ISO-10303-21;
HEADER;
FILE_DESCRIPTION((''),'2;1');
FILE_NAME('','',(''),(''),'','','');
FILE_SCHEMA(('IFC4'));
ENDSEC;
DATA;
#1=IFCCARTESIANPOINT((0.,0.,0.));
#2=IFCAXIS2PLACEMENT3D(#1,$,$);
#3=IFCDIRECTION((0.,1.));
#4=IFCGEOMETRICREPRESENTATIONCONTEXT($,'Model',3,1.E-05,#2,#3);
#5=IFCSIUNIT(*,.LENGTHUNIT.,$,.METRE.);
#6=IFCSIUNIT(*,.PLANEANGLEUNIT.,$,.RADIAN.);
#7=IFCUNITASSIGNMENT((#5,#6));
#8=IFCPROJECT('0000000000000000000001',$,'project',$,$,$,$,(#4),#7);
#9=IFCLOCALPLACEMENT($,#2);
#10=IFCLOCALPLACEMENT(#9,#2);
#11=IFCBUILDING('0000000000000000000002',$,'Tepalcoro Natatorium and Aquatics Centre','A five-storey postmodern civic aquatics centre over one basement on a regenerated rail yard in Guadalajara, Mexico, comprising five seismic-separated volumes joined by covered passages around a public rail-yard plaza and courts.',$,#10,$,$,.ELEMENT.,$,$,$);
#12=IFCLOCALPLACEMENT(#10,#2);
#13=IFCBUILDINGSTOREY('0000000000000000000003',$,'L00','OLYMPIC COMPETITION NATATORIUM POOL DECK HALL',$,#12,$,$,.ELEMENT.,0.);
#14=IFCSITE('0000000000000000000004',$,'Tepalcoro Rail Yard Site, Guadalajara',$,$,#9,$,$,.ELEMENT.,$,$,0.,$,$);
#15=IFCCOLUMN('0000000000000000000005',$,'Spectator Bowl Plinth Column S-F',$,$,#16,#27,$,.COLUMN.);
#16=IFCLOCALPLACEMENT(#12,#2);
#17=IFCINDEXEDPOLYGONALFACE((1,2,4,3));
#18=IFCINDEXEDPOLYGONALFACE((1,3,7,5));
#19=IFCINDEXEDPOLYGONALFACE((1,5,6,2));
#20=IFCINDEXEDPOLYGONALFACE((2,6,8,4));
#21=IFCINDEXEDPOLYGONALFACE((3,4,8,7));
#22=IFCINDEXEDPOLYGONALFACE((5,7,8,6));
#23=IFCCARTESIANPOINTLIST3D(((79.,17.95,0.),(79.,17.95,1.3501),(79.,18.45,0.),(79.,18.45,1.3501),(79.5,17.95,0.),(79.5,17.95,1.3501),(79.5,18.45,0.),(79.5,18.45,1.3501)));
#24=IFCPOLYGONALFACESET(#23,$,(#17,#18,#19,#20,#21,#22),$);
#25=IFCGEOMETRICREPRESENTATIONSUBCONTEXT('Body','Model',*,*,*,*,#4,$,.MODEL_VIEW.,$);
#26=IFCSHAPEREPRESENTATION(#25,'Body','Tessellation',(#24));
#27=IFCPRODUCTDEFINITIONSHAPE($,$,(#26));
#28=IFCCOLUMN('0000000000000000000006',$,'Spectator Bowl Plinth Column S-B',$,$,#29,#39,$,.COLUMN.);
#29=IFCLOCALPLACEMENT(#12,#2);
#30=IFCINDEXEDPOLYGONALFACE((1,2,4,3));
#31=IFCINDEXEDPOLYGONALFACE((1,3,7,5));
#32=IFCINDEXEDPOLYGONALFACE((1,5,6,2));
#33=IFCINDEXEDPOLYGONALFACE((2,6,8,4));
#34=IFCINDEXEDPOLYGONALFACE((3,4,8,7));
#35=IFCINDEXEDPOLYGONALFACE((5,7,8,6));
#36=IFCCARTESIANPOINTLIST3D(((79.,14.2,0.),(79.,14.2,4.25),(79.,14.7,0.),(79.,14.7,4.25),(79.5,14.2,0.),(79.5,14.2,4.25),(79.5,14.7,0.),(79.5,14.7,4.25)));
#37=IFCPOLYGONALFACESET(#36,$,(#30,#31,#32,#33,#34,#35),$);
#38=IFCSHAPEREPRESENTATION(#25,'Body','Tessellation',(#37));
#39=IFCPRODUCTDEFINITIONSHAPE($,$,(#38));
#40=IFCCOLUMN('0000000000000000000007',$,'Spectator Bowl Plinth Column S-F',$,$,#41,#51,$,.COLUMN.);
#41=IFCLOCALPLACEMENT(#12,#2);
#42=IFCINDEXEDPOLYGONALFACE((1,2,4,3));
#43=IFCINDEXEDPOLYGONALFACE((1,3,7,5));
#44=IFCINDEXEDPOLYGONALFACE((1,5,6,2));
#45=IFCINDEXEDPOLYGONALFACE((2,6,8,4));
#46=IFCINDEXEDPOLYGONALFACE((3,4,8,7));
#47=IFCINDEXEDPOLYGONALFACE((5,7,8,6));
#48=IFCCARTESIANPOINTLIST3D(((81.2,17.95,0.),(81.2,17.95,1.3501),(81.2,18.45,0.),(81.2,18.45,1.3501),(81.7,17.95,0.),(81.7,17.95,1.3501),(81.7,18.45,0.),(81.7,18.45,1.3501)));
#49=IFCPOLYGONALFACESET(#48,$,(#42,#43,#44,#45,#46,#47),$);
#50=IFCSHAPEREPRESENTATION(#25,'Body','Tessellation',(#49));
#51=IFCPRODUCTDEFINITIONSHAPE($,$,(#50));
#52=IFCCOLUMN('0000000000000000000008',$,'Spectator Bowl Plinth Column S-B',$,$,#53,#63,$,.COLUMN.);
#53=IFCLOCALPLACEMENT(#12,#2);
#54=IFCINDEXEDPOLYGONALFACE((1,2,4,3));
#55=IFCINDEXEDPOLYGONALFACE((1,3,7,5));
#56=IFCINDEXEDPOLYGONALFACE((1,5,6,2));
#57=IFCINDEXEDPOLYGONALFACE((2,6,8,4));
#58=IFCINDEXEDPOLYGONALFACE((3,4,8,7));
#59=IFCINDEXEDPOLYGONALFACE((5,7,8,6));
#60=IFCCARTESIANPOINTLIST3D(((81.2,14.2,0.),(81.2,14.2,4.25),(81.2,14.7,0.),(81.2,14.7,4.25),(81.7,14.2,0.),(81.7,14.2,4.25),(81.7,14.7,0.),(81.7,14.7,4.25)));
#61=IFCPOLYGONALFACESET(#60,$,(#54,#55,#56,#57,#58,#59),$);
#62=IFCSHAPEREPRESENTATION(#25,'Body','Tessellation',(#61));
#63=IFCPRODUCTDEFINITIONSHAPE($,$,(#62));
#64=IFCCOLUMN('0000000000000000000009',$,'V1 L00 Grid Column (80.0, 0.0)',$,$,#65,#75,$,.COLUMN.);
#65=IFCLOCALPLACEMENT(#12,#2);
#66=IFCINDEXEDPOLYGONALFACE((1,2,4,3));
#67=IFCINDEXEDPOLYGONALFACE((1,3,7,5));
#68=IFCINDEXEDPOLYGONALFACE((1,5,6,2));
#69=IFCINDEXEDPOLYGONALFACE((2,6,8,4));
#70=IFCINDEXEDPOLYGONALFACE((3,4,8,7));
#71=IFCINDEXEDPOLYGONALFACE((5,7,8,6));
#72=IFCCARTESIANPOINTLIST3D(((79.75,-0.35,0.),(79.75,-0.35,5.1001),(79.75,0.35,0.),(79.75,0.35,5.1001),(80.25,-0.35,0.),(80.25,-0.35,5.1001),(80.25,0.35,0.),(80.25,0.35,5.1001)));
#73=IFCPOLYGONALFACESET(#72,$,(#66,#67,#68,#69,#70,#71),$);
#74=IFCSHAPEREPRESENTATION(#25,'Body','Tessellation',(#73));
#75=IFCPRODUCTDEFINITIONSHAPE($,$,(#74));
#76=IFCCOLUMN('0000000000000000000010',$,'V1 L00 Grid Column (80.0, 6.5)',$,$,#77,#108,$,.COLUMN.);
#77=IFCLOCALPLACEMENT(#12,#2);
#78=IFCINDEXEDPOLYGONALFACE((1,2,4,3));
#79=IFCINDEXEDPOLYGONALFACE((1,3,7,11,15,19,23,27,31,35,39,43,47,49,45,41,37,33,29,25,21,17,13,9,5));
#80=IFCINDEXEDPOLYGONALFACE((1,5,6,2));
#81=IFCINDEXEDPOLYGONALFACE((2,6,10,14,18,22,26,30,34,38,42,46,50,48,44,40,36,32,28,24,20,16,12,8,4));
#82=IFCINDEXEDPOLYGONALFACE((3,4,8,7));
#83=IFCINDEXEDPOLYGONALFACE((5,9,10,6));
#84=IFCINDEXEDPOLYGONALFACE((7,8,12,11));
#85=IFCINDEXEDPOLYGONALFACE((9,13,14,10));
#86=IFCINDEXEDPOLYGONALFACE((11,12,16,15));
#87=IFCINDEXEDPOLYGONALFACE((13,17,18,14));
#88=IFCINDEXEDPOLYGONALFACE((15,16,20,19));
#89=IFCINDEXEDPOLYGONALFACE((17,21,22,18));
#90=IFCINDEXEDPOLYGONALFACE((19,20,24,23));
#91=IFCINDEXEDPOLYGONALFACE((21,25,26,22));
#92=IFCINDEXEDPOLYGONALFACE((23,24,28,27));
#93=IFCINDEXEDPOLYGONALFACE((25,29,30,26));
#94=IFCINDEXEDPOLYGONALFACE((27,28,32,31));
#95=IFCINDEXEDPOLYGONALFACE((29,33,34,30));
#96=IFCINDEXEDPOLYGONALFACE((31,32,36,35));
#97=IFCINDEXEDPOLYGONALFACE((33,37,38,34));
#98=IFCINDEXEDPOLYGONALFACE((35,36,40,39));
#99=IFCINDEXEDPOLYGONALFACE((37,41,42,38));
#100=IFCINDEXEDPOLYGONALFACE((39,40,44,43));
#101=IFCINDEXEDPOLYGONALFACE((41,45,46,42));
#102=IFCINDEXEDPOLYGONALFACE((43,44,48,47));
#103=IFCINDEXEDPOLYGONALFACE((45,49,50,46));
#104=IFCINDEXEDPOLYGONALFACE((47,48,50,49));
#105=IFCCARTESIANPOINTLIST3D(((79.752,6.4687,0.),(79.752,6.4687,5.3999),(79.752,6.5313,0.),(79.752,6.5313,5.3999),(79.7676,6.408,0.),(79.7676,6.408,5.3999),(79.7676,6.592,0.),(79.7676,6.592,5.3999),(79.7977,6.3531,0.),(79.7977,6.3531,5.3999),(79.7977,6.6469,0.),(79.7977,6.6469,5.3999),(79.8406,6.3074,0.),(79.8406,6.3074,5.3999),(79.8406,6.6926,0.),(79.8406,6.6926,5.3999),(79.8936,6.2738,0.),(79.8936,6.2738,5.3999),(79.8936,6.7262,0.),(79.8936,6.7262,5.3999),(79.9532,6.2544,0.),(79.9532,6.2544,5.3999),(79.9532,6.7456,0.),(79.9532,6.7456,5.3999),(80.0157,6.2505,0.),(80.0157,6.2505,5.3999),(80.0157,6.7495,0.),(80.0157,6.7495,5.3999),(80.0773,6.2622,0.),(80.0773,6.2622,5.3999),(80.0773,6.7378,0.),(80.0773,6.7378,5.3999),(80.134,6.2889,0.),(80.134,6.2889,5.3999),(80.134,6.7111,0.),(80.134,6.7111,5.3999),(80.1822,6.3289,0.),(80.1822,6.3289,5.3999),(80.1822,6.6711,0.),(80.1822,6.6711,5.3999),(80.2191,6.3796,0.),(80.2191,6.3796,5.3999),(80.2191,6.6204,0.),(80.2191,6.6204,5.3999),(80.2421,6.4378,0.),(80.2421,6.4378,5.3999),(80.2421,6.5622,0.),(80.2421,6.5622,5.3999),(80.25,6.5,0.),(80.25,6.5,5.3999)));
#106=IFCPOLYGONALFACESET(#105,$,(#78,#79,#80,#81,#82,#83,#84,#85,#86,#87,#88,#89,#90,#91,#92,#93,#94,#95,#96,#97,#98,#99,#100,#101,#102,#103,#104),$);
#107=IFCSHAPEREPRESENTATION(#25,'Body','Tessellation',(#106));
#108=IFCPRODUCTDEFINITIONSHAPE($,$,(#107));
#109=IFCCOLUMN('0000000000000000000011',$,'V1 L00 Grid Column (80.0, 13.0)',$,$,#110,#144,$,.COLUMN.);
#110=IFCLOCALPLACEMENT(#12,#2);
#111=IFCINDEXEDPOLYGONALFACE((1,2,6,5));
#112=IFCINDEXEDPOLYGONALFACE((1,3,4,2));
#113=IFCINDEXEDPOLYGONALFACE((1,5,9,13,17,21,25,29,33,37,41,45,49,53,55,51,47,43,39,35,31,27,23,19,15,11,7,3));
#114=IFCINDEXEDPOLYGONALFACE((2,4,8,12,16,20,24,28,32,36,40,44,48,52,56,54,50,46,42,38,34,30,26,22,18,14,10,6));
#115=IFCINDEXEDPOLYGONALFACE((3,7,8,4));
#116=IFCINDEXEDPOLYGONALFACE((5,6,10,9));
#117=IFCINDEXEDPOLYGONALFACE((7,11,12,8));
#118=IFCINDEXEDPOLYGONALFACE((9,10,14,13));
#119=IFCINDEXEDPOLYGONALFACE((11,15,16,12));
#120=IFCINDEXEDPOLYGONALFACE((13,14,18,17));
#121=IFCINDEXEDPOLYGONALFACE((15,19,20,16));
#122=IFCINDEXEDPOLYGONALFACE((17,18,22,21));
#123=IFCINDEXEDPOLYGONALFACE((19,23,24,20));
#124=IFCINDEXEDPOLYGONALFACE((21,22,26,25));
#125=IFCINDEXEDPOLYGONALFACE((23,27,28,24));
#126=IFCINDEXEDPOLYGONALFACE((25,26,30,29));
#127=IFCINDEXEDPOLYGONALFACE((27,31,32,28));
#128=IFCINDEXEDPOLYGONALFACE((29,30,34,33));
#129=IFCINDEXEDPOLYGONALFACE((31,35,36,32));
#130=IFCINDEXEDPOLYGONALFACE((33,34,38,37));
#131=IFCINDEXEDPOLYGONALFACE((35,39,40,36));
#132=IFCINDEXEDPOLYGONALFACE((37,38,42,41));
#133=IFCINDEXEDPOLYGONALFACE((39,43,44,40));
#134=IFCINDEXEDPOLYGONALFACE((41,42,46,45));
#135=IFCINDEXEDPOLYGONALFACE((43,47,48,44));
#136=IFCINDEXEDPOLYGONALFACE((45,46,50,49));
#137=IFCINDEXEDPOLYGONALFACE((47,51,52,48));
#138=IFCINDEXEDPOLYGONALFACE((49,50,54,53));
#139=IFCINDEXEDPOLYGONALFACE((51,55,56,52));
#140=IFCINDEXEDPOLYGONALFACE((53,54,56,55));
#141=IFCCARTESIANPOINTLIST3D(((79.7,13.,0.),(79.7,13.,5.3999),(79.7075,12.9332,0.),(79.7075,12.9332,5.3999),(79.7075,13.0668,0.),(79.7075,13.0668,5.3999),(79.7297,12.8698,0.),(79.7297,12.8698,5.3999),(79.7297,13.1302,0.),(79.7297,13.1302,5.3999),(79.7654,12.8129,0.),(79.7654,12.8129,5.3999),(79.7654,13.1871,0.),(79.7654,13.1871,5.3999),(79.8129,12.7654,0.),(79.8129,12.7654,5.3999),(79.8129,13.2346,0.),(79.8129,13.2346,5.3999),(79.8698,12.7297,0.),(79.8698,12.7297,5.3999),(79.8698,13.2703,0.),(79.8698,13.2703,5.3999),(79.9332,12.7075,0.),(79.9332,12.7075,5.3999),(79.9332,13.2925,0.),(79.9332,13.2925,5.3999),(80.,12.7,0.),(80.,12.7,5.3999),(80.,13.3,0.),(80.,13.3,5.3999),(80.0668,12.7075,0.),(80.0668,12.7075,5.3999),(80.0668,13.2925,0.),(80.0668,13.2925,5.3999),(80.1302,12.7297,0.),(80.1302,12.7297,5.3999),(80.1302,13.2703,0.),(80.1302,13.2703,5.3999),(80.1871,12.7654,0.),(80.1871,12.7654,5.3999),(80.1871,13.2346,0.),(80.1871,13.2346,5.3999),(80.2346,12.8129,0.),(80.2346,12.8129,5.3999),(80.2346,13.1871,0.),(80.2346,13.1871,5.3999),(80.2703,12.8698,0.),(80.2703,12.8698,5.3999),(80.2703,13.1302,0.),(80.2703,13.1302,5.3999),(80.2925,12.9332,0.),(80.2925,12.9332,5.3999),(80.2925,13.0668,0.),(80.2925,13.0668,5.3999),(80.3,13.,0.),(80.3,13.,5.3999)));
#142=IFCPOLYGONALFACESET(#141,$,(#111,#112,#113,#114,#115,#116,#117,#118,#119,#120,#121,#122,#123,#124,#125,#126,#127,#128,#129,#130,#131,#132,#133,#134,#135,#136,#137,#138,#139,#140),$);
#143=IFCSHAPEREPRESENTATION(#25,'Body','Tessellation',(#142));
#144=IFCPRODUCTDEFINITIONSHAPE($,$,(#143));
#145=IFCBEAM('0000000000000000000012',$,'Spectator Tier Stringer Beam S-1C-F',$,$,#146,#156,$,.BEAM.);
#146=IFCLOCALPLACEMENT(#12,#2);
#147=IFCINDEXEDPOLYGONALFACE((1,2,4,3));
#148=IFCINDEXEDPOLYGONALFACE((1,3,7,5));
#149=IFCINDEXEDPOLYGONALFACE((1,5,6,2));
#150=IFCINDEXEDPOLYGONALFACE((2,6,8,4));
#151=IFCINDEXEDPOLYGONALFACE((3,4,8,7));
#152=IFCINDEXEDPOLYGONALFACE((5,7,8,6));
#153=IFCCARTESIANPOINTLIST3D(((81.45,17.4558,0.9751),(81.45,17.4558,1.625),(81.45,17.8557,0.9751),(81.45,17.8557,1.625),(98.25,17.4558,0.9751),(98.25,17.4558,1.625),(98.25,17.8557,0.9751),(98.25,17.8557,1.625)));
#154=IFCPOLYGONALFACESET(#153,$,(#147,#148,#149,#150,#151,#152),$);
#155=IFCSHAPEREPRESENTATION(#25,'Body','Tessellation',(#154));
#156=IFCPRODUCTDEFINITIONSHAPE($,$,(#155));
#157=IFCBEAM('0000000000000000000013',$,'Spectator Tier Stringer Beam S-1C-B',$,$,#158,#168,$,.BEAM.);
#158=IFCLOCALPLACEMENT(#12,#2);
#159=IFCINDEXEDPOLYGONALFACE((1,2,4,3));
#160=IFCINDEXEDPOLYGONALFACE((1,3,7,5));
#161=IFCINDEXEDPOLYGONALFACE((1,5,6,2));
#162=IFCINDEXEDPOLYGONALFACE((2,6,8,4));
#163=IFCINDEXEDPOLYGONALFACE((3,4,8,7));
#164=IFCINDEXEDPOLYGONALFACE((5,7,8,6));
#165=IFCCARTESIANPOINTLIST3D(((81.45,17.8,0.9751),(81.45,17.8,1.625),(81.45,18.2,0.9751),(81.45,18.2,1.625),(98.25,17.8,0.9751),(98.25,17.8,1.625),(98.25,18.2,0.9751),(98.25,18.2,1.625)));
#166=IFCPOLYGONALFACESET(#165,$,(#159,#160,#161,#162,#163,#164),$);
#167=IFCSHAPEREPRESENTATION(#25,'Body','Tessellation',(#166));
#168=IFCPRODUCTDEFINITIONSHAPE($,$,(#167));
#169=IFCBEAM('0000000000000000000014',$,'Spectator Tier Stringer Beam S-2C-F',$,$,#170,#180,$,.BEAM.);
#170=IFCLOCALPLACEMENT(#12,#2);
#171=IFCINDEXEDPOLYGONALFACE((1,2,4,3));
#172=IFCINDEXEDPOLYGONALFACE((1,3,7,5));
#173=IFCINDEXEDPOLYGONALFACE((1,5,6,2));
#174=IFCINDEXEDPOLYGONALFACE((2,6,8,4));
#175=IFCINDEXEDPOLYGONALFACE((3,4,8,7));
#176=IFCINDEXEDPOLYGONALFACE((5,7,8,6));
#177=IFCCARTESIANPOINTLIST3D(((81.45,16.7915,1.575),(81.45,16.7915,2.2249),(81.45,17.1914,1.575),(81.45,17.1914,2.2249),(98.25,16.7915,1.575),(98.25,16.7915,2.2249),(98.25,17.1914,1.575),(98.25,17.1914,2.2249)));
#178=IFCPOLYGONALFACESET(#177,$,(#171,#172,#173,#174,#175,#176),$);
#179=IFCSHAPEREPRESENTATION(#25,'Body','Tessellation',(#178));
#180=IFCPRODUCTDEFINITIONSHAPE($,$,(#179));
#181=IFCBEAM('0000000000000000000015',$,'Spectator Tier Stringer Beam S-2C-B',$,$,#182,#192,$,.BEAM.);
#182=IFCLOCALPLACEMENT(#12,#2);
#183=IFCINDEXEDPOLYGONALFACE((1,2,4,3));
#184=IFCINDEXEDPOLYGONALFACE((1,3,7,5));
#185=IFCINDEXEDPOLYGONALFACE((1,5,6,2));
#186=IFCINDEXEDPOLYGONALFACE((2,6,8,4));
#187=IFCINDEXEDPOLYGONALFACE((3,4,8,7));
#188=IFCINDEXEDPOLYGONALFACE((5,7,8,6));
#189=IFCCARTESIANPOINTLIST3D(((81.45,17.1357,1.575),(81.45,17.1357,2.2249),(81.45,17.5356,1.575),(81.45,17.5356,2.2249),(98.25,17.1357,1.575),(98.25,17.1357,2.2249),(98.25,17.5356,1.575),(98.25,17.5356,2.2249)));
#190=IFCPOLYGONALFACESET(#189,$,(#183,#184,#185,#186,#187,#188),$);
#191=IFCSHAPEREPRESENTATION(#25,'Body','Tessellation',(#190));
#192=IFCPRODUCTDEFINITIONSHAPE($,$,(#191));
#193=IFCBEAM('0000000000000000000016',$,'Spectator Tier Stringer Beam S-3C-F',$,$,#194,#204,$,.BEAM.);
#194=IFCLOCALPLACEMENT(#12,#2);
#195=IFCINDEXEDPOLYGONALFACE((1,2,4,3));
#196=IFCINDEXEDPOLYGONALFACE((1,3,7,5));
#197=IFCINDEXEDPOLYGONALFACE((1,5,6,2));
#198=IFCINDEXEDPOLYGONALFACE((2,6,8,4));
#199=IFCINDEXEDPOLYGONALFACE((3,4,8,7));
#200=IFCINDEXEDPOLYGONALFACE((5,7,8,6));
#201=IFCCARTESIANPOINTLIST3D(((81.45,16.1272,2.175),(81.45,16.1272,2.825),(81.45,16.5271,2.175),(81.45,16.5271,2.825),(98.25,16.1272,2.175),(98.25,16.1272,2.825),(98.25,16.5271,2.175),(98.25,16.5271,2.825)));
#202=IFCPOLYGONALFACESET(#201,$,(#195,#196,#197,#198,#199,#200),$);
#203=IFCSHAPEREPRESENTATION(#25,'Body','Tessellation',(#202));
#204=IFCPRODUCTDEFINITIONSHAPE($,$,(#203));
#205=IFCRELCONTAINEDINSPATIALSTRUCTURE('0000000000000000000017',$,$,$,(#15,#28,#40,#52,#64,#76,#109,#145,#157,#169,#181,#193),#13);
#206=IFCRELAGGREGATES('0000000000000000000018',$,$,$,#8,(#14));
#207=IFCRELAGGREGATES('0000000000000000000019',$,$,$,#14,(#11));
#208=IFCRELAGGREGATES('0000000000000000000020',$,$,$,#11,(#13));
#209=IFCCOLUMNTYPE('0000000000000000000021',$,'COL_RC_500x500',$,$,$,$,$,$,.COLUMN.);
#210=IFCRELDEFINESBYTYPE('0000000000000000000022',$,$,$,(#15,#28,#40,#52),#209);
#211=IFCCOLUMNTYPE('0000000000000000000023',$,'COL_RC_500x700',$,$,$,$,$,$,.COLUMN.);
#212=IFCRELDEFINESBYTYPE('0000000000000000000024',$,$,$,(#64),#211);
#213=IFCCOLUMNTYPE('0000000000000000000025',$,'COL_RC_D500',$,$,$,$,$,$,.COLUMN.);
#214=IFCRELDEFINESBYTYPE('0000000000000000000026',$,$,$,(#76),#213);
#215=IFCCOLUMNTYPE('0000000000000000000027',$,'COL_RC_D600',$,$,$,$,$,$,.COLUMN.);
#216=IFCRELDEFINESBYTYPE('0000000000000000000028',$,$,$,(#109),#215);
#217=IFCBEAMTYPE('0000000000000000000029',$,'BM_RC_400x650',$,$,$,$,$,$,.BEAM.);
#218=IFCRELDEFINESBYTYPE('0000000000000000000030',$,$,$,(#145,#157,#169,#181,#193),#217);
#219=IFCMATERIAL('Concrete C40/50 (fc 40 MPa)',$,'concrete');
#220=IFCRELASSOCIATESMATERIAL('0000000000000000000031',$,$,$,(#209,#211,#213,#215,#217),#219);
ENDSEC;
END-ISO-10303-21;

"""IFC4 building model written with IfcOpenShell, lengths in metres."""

from ifc_helpers import new_model, si_unit, direction, frame, origin, origin_2d, place, context, subcontext, project, spatial, rectangle, circle, extrude, material, material_profile, profile_set, type_object, element, save


model = new_model("IFC4")

# Units and contexts
model_context = context("Model", 3, precision=1e-05, world=origin(), true_north=direction((0.0, 1.0)))
body_context = subcontext(model_context, "Body", "Model", "MODEL_VIEW")
ifc_project = project(units=[si_unit("LENGTHUNIT", "METRE"), si_unit("PLANEANGLEUNIT", "RADIAN")], contexts=[model_context])

# Site, building, storey
site_placement = place(None, origin())
site = spatial("IfcSite", under=ifc_project, at=site_placement, Name="Tepalcoro Rail Yard Site, Guadalajara", CompositionType="ELEMENT", RefElevation=0.0)
building_placement = place(site_placement, origin())
building = spatial("IfcBuilding", under=site, at=building_placement, Name="Tepalcoro Natatorium and Aquatics Centre", Description="A five-storey postmodern civic aquatics centre over one basement on a regenerated rail yard in Guadalajara, Mexico, comprising five seismic-separated volumes joined by covered passages around a public rail-yard plaza and courts.", CompositionType="ELEMENT")
storey_placement = place(building_placement, origin())
storey = spatial("IfcBuildingStorey", under=building, at=storey_placement, Name="L00", Description="OLYMPIC COMPETITION NATATORIUM POOL DECK HALL", CompositionType="ELEMENT", Elevation=0.0)

# Columns
ifc_material_1 = material(Name="Concrete C40/50 (fc 40 MPa)", Category="concrete")
ifc_material_profile_1 = material_profile(ifc_material_1, rectangle(XDim=0.5, YDim=0.5, at=origin_2d()), Name="RC500x500")
ifc_profile_set_1 = profile_set([ifc_material_profile_1], Name="Concrete C40/50 (fc 40 MPa)")
column_type_1 = type_object("IfcColumnType", Name="COL_RC_500x500", PredefinedType="COLUMN", material=ifc_profile_set_1)
column_1_placement = place(storey_placement, frame((79.25, 18.2, 0.0), z_axis=(0.0, 0.0, 1.0), x_axis=(1.0, 0.0, 0.0)))
element("IfcColumn", 1, at=column_1_placement, inside=storey, type_object=column_type_1, Name="Spectator Bowl Plinth Column S-F", PredefinedType="COLUMN", context=body_context, shape_type="SweptSolid", body=[
    extrude(rectangle(XDim=0.5, YDim=0.5, at=origin_2d()), origin(), (0.0, 0.0, 1.0), 1.3501),
])
column_2_placement = place(storey_placement, frame((79.25, 14.45, 0.0), z_axis=(0.0, 0.0, 1.0), x_axis=(1.0, 0.0, 0.0)))
element("IfcColumn", 2, at=column_2_placement, inside=storey, type_object=column_type_1, Name="Spectator Bowl Plinth Column S-B", PredefinedType="COLUMN", context=body_context, shape_type="SweptSolid", body=[
    extrude(rectangle(XDim=0.5, YDim=0.5, at=origin_2d()), origin(), (0.0, 0.0, 1.0), 4.25),
])
column_3_placement = place(storey_placement, frame((81.45, 18.2, 0.0), z_axis=(0.0, 0.0, 1.0), x_axis=(1.0, 0.0, 0.0)))
element("IfcColumn", 3, at=column_3_placement, inside=storey, type_object=column_type_1, Name="Spectator Bowl Plinth Column S-F", PredefinedType="COLUMN", context=body_context, shape_type="SweptSolid", body=[
    extrude(rectangle(XDim=0.5, YDim=0.5, at=origin_2d()), origin(), (0.0, 0.0, 1.0), 1.3501),
])
column_4_placement = place(storey_placement, frame((81.45, 14.45, 0.0), z_axis=(0.0, 0.0, 1.0), x_axis=(1.0, 0.0, 0.0)))
element("IfcColumn", 4, at=column_4_placement, inside=storey, type_object=column_type_1, Name="Spectator Bowl Plinth Column S-B", PredefinedType="COLUMN", context=body_context, shape_type="SweptSolid", body=[
    extrude(rectangle(XDim=0.5, YDim=0.5, at=origin_2d()), origin(), (0.0, 0.0, 1.0), 4.25),
])
ifc_material_profile_2 = material_profile(ifc_material_1, rectangle(XDim=0.5, YDim=0.7, at=origin_2d()), Name="RC500x700")
ifc_profile_set_2 = profile_set([ifc_material_profile_2], Name="Concrete C40/50 (fc 40 MPa)")
column_type_2 = type_object("IfcColumnType", Name="COL_RC_500x700", PredefinedType="COLUMN", material=ifc_profile_set_2)
column_5_placement = place(storey_placement, frame((80.0, 0.0, 0.0), z_axis=(0.0, 0.0, 1.0), x_axis=(1.0, 0.0, 0.0)))
element("IfcColumn", 5, at=column_5_placement, inside=storey, type_object=column_type_2, Name="V1 L00 Grid Column (80.0, 0.0)", PredefinedType="COLUMN", context=body_context, shape_type="SweptSolid", body=[
    extrude(rectangle(XDim=0.5, YDim=0.7, at=origin_2d()), origin(), (0.0, 0.0, 1.0), 5.1001),
])
ifc_material_profile_3 = material_profile(ifc_material_1, circle(Radius=0.25, at=origin_2d()), Name="RCD500")
ifc_profile_set_3 = profile_set([ifc_material_profile_3], Name="Concrete C40/50 (fc 40 MPa)")
column_type_3 = type_object("IfcColumnType", Name="COL_RC_D500", PredefinedType="COLUMN", material=ifc_profile_set_3)
column_6_placement = place(storey_placement, frame((80.0, 6.5, 0.0), z_axis=(0.0, 0.0, 1.0), x_axis=(1.0, 0.0, 0.0)))
element("IfcColumn", 6, at=column_6_placement, inside=storey, type_object=column_type_3, Name="V1 L00 Grid Column (80.0, 6.5)", PredefinedType="COLUMN", context=body_context, shape_type="SweptSolid", body=[
    extrude(circle(Radius=0.25, at=origin_2d()), origin(), (0.0, 0.0, 1.0), 5.3999),
])
ifc_material_profile_4 = material_profile(ifc_material_1, circle(Radius=0.3, at=origin_2d()), Name="RCD600")
ifc_profile_set_4 = profile_set([ifc_material_profile_4], Name="Concrete C40/50 (fc 40 MPa)")
column_type_4 = type_object("IfcColumnType", Name="COL_RC_D600", PredefinedType="COLUMN", material=ifc_profile_set_4)
column_7_placement = place(storey_placement, frame((80.0, 13.0, 0.0), z_axis=(0.0, 0.0, 1.0), x_axis=(1.0, 0.0, 0.0)))
element("IfcColumn", 7, at=column_7_placement, inside=storey, type_object=column_type_4, Name="V1 L00 Grid Column (80.0, 13.0)", PredefinedType="COLUMN", context=body_context, shape_type="SweptSolid", body=[
    extrude(circle(Radius=0.3, at=origin_2d()), origin(), (0.0, 0.0, 1.0), 5.3999),
])

# Beams
ifc_material_profile_5 = material_profile(ifc_material_1, rectangle(XDim=0.3999, YDim=0.6499, at=origin_2d()), Name="RCB400x650")
ifc_profile_set_5 = profile_set([ifc_material_profile_5], Name="Concrete C40/50 (fc 40 MPa)")
beam_type_1 = type_object("IfcBeamType", Name="BM_RC_400x650", PredefinedType="BEAM", material=ifc_profile_set_5)
for number, where, z_axis, x_axis, name in (
    (8, (81.45, 17.6558, 1.3), (1.0, 0.0, 0.0), (0.0, 1.0, 0.0), "Spectator Tier Stringer Beam S-1C-F"),
    (9, (81.45, 18.0, 1.3), (1.0, 0.0, 0.0), (0.0, 1.0, 0.0), "Spectator Tier Stringer Beam S-1C-B"),
    (10, (81.45, 16.9915, 1.8999), (1.0, 0.0, 0.0), (0.0, 1.0, 0.0), "Spectator Tier Stringer Beam S-2C-F"),
    (11, (81.45, 17.3357, 1.8999), (1.0, 0.0, 0.0), (0.0, 1.0, 0.0), "Spectator Tier Stringer Beam S-2C-B"),
    (12, (81.45, 16.3271, 2.5), (1.0, 0.0, 0.0), (0.0, 1.0, 0.0), "Spectator Tier Stringer Beam S-3C-F"),
):
    element("IfcBeam", number, at=place(storey_placement, frame(where, z_axis=z_axis, x_axis=x_axis)), inside=storey, type_object=beam_type_1, Name=name, PredefinedType="BEAM", context=body_context, shape_type="SweptSolid", body=[
        extrude(rectangle(XDim=0.3999, YDim=0.6499, at=origin_2d()), origin(), (0.0, 0.0, 1.0), 16.8),
    ])

save(model, "model.ifc")
